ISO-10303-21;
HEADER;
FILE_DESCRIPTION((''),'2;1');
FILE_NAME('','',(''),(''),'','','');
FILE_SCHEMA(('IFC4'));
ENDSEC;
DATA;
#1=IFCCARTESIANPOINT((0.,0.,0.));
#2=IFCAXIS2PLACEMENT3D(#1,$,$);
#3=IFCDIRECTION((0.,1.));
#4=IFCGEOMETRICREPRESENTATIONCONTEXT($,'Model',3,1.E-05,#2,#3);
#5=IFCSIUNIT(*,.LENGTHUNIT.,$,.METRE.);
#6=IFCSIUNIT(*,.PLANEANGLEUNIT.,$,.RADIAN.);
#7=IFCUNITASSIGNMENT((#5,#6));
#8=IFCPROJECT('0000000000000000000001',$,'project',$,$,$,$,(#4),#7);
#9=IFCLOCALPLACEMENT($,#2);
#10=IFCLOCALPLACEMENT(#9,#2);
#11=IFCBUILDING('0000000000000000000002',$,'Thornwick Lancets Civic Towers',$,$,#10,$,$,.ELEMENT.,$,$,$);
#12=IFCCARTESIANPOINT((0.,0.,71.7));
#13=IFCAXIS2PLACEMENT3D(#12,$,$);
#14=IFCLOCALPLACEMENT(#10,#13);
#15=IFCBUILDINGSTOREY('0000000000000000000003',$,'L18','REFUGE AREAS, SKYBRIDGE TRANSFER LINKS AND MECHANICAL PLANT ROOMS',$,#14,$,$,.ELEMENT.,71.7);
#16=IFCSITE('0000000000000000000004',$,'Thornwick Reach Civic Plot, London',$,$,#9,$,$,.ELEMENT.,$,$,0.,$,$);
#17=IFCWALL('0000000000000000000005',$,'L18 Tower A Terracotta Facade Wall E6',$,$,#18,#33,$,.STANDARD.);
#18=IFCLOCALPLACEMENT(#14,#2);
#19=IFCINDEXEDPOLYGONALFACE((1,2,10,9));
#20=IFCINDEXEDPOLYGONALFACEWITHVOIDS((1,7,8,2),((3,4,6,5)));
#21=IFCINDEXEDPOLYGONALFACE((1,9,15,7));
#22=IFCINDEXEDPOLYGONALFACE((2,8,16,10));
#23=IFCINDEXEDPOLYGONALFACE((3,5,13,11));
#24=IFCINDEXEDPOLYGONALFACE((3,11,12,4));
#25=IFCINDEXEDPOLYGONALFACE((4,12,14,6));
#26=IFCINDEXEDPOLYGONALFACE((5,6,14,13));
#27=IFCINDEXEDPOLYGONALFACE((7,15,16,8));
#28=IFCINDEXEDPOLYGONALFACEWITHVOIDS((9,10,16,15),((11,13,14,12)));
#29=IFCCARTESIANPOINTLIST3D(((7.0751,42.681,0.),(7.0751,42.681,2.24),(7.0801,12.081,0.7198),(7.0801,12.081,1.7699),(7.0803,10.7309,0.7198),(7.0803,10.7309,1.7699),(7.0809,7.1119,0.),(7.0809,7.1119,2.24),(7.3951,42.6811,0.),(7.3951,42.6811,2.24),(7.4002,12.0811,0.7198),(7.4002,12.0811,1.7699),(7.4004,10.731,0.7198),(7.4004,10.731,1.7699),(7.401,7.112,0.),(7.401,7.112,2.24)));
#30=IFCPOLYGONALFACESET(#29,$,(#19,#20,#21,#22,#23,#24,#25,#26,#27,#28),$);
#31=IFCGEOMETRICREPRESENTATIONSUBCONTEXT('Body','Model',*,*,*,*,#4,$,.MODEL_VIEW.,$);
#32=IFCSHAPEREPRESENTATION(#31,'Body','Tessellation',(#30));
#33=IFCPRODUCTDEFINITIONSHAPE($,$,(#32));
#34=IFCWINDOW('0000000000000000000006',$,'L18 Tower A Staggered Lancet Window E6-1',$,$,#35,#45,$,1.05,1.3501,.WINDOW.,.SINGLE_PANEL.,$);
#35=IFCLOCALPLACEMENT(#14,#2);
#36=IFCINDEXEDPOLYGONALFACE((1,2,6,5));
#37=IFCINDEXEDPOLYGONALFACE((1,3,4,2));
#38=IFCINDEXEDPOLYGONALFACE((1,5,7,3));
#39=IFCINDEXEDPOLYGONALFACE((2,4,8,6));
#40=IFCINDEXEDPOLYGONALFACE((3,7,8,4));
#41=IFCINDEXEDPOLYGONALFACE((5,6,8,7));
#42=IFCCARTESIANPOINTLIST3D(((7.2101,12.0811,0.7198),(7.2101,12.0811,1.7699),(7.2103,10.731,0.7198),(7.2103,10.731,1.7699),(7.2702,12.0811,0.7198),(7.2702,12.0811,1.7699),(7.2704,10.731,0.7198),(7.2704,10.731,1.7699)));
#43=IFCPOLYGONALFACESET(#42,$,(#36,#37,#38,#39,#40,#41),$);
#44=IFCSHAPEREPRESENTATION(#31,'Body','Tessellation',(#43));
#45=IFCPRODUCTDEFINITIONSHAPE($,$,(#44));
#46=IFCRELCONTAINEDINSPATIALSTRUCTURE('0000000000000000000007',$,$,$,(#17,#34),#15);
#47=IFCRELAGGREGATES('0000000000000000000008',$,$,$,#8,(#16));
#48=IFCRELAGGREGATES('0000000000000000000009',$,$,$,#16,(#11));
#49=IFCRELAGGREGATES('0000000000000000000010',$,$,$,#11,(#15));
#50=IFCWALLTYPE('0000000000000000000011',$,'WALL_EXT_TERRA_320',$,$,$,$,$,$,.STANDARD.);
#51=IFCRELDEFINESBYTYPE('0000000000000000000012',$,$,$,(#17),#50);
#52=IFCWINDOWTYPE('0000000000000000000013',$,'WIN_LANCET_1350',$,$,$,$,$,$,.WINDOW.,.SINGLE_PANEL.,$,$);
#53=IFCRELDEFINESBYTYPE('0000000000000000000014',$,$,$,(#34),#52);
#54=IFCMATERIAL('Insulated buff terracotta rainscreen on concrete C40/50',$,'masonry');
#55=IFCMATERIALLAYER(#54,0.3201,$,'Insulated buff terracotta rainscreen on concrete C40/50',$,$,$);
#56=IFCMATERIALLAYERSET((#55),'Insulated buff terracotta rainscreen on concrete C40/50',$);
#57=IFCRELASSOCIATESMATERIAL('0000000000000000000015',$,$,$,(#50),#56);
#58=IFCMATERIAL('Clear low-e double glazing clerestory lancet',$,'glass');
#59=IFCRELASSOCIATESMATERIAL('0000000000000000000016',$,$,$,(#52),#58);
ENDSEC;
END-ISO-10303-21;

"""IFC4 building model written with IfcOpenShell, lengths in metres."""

from ifc_helpers import new_model, si_unit, direction, frame, frame_2d, origin, place, context, subcontext, project, spatial, rectangle, extrude, material, layer, layer_set, type_object, element, fill, save


model = new_model("IFC4")

# Units and contexts
model_context = context("Model", 3, precision=1e-05, world=origin(), true_north=direction((0.0, 1.0)))
body_context = subcontext(model_context, "Body", "Model", "MODEL_VIEW")
ifc_project = project(units=[si_unit("LENGTHUNIT", "METRE"), si_unit("PLANEANGLEUNIT", "RADIAN")], contexts=[model_context])

# Site, building, storey
site_placement = place(None, origin())
site = spatial("IfcSite", under=ifc_project, at=site_placement, Name="Thornwick Reach Civic Plot, London", CompositionType="ELEMENT", RefElevation=0.0)
building_placement = place(site_placement, origin())
building = spatial("IfcBuilding", under=site, at=building_placement, Name="Thornwick Lancets Civic Towers", CompositionType="ELEMENT")
storey_placement = place(building_placement, frame((0.0, 0.0, 71.7)))
storey = spatial("IfcBuildingStorey", under=building, at=storey_placement, Name="L18", Description="REFUGE AREAS, SKYBRIDGE TRANSFER LINKS AND MECHANICAL PLANT ROOMS", CompositionType="ELEMENT", Elevation=71.7)

# Wall, opening, window
ifc_material_1 = material(Name="Insulated buff terracotta rainscreen on concrete C40/50", Category="masonry")
ifc_layer_1 = layer(ifc_material_1, 0.3201, Name="Insulated buff terracotta rainscreen on concrete C40/50")
ifc_layer_set_1 = layer_set([ifc_layer_1], Name="Insulated buff terracotta rainscreen on concrete C40/50")
wall_type_1 = type_object("IfcWallType", Name="WALL_EXT_TERRA_320", PredefinedType="STANDARD", material=ifc_layer_set_1)
wall_1_placement = place(storey_placement, frame((7.2351, 42.6812, 0.0), z_axis=(0.0, 0.0, 1.0), x_axis=(0.000165, -1.0, 0.0)))
wall_1 = element("IfcWall", 1, at=wall_1_placement, inside=storey, type_object=wall_type_1, Name="L18 Tower A Terracotta Facade Wall E6", PredefinedType="STANDARD", context=body_context, shape_type="SweptSolid", body=[
    extrude(rectangle(XDim=35.5691, YDim=0.3201, at=frame_2d((17.7847, 0.0))), origin(), (0.0, 0.0, 1.0), 2.24),
])
opening_placement = place(wall_1_placement, frame((30.6001, 0.0, 0.72)))
opening = element("IfcOpeningElement", 2, at=opening_placement, cuts=wall_1, PredefinedType="OPENING", context=body_context, shape_type="SweptSolid", body=[
    extrude(rectangle(XDim=1.3501, YDim=1.05, at=frame_2d((0.675, 0.5249))), frame((0.0, 0.1699, 0.0), z_axis=(0.0, -1.0, 0.0), x_axis=(1.0, 0.0, 0.0)), (0.0, 0.0, 1.0), 0.3401),
])
ifc_material_2 = material(Name="Clear low-e double glazing clerestory lancet", Category="glass")
window_type = type_object("IfcWindowType", Name="WIN_LANCET_1350", PartitioningType="SINGLE_PANEL", PredefinedType="WINDOW", material=ifc_material_2)
window_placement = place(opening_placement, origin())
window = element("IfcWindow", 3, at=window_placement, inside=storey, type_object=window_type, Name="L18 Tower A Staggered Lancet Window E6-1", OverallHeight=1.05, OverallWidth=1.3501, PartitioningType="SINGLE_PANEL", PredefinedType="WINDOW", context=body_context, shape_type="SweptSolid", body=[
    extrude(rectangle(XDim=1.3501, YDim=1.05, at=frame_2d((0.675, 0.5249))), frame((0.0, 0.03, 0.0), z_axis=(0.0, -1.0, 0.0), x_axis=(1.0, 0.0, 0.0)), (0.0, 0.0, 1.0), 0.0601),
])
fill(opening, window)

save(model, "model.ifc")
